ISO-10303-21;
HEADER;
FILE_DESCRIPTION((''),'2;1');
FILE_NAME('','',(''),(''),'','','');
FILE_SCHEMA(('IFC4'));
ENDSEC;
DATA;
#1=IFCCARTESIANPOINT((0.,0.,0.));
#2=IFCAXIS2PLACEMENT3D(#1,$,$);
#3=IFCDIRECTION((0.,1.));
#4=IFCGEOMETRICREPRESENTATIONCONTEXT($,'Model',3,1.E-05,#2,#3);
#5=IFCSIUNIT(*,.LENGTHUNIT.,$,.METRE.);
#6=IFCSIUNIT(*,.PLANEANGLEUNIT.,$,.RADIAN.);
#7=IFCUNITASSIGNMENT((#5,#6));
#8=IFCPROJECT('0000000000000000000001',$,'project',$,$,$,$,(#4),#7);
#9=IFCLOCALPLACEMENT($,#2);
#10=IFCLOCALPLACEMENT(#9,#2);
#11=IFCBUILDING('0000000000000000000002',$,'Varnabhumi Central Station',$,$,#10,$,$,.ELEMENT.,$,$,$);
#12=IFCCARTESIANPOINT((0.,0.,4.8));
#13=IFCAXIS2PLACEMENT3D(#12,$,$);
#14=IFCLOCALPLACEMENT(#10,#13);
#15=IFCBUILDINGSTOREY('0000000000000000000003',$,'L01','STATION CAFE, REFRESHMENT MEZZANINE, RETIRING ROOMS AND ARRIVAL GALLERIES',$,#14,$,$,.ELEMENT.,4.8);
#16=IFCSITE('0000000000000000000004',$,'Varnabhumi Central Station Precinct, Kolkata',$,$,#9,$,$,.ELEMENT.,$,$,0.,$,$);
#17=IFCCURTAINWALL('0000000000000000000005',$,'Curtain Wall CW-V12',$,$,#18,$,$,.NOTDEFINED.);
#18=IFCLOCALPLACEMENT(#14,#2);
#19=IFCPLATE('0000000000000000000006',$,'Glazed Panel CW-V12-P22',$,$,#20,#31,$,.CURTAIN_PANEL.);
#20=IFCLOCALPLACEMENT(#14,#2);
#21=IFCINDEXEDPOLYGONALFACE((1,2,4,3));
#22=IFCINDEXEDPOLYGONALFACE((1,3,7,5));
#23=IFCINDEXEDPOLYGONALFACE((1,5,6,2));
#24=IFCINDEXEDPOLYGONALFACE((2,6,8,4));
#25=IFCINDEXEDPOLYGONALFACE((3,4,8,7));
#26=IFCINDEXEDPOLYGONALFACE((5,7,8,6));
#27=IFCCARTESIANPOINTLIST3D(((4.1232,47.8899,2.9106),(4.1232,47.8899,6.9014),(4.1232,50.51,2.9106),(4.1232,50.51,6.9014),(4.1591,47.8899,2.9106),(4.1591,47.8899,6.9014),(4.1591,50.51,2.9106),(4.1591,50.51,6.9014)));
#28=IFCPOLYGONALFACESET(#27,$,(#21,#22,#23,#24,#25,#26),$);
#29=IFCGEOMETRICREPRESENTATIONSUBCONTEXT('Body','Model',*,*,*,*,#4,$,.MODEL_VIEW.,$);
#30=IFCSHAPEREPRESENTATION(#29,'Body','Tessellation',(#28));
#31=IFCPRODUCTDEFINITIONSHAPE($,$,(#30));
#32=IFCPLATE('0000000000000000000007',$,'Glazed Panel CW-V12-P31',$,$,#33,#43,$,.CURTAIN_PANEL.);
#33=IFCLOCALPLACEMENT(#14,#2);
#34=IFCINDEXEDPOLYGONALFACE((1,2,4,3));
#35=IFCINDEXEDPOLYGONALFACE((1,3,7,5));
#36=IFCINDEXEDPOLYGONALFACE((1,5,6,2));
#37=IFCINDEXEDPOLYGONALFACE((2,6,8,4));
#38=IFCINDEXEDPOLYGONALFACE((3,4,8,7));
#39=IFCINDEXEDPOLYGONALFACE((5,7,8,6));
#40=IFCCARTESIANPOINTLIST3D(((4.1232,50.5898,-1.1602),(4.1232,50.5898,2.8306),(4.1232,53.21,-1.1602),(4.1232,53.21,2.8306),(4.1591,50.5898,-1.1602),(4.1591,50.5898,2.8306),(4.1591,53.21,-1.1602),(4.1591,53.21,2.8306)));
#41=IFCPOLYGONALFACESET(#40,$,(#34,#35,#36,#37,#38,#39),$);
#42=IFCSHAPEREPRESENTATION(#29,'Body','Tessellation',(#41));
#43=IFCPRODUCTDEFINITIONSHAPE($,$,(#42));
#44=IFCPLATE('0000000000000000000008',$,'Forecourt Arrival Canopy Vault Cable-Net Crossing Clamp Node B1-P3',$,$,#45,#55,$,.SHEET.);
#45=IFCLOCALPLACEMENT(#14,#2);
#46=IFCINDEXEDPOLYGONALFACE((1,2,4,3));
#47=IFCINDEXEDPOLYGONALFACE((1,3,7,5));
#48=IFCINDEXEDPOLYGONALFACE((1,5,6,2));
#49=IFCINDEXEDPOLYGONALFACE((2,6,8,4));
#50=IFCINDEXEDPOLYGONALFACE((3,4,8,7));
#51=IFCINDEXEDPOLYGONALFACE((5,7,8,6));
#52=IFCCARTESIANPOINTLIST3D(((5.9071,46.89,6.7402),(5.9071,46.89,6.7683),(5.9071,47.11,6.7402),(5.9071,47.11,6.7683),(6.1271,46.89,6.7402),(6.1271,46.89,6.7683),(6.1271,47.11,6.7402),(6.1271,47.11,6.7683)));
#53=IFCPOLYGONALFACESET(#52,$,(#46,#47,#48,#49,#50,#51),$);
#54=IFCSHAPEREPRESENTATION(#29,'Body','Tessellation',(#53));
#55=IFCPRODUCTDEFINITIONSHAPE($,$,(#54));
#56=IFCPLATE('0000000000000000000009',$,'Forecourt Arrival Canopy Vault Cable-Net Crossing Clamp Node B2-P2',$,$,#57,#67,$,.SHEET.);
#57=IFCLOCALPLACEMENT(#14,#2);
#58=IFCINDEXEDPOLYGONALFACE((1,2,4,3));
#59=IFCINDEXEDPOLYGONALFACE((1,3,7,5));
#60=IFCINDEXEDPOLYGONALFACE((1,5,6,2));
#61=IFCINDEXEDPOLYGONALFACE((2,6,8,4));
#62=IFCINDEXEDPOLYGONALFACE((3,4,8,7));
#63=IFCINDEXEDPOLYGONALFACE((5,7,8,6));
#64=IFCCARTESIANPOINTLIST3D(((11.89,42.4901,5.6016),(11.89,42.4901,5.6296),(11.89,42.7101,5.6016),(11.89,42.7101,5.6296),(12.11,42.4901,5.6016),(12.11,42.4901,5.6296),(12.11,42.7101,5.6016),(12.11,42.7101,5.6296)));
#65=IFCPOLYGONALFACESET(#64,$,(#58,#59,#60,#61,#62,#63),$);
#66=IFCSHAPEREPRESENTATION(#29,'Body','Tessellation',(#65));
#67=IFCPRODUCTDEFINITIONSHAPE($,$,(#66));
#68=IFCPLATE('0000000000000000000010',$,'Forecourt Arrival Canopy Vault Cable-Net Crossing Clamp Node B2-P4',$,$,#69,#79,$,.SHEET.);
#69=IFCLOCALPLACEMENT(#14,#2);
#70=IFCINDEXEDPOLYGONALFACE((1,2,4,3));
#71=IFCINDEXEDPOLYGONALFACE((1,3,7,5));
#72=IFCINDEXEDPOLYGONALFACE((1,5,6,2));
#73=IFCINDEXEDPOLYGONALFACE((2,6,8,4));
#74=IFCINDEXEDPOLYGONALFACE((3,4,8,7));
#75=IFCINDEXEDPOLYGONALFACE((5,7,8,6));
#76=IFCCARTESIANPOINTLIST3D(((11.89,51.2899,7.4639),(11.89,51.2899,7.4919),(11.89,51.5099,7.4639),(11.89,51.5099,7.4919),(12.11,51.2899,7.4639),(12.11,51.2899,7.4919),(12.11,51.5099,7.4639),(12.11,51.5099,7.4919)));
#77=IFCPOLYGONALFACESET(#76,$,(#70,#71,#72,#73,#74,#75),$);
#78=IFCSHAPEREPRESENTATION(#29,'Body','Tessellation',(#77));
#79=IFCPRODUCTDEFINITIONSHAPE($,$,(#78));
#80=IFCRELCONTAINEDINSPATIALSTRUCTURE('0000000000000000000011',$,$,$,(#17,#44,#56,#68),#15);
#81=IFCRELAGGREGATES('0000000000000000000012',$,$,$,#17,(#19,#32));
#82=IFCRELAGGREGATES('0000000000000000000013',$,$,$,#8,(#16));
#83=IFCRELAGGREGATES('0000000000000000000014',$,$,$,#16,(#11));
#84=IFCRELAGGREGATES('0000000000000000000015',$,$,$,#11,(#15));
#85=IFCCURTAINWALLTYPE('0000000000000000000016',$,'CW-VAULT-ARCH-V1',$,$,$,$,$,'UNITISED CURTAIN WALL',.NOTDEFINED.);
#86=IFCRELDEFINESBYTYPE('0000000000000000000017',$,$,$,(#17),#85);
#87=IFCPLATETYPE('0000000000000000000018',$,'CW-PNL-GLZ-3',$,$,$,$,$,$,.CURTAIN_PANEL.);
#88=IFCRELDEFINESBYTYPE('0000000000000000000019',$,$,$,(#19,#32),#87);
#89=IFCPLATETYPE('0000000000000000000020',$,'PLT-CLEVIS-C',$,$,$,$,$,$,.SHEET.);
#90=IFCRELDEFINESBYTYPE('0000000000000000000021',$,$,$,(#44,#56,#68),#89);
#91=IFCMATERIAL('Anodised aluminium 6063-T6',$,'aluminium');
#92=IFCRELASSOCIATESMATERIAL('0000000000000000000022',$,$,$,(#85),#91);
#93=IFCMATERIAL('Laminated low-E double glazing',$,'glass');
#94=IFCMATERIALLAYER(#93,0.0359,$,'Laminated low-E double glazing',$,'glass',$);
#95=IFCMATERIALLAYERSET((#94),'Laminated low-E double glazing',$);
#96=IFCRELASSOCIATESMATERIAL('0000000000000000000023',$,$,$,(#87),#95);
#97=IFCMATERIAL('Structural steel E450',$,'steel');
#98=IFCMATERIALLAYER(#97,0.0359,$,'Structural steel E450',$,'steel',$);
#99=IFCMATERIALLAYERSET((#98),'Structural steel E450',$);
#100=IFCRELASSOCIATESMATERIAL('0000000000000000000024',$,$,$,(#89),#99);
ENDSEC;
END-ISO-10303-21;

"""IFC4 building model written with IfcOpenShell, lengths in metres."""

from ifc_helpers import new_model, si_unit, direction, frame, origin, origin_2d, place, context, subcontext, project, spatial, rectangle, extrude, material, layer, layer_set, type_object, element, aggregate, save


model = new_model("IFC4")

# Units and contexts
model_context = context("Model", 3, precision=1e-05, world=origin(), true_north=direction((0.0, 1.0)))
body_context = subcontext(model_context, "Body", "Model", "MODEL_VIEW")
ifc_project = project(units=[si_unit("LENGTHUNIT", "METRE"), si_unit("PLANEANGLEUNIT", "RADIAN")], contexts=[model_context])

# Site, building, storey
site_placement = place(None, origin())
site = spatial("IfcSite", under=ifc_project, at=site_placement, Name="Varnabhumi Central Station Precinct, Kolkata", CompositionType="ELEMENT", RefElevation=0.0)
building_placement = place(site_placement, origin())
building = spatial("IfcBuilding", under=site, at=building_placement, Name="Varnabhumi Central Station", CompositionType="ELEMENT")
storey_placement = place(building_placement, frame((0.0, 0.0, 4.8)))
storey = spatial("IfcBuildingStorey", under=building, at=storey_placement, Name="L01", Description="STATION CAFE, REFRESHMENT MEZZANINE, RETIRING ROOMS AND ARRIVAL GALLERIES", CompositionType="ELEMENT", Elevation=4.8)

# Curtain wall
ifc_material_1 = material(Name="Anodised aluminium 6063-T6", Category="aluminium")
curtain_wall_type = type_object("IfcCurtainWallType", Name="CW-VAULT-ARCH-V1", ElementType="UNITISED CURTAIN WALL", PredefinedType="NOTDEFINED", material=ifc_material_1)
curtain_wall_1_placement = place(storey_placement, origin())
curtain_wall_1 = element("IfcCurtainWall", 1, at=curtain_wall_1_placement, inside=storey, type_object=curtain_wall_type, Name="Curtain Wall CW-V12", PredefinedType="NOTDEFINED")

# Plates
ifc_material_2 = material(Name="Laminated low-E double glazing", Category="glass")
ifc_layer_1 = layer(ifc_material_2, 0.0359, Name="Laminated low-E double glazing", Category="glass")
ifc_layer_set_1 = layer_set([ifc_layer_1], Name="Laminated low-E double glazing")
plate_type_1 = type_object("IfcPlateType", Name="CW-PNL-GLZ-3", PredefinedType="CURTAIN_PANEL", material=ifc_layer_set_1)
plate_1_placement = place(storey_placement, frame((4.1411, 49.2, 2.9106), z_axis=(0.0, 0.0, 1.0), x_axis=(0.0, 1.0, 0.0)))
plate_1 = element("IfcPlate", 2, at=plate_1_placement, type_object=plate_type_1, Name="Glazed Panel CW-V12-P22", PredefinedType="CURTAIN_PANEL", context=body_context, shape_type="SweptSolid", body=[
    extrude(rectangle(XDim=2.6201, YDim=0.0359, at=origin_2d()), origin(), (0.0, 0.0, 1.0), 3.9907),
])
plate_2_placement = place(storey_placement, frame((4.1411, 51.8999, -1.1602), z_axis=(0.0, 0.0, 1.0), x_axis=(0.0, 1.0, 0.0)))
plate_2 = element("IfcPlate", 3, at=plate_2_placement, type_object=plate_type_1, Name="Glazed Panel CW-V12-P31", PredefinedType="CURTAIN_PANEL", context=body_context, shape_type="SweptSolid", body=[
    extrude(rectangle(XDim=2.6201, YDim=0.0359, at=origin_2d()), origin(), (0.0, 0.0, 1.0), 3.9907),
])
aggregate(curtain_wall_1, [plate_1, plate_2])

# Plates
ifc_material_3 = material(Name="Structural steel E450", Category="steel")
ifc_layer_2 = layer(ifc_material_3, 0.0359, Name="Structural steel E450", Category="steel")
ifc_layer_set_2 = layer_set([ifc_layer_2], Name="Structural steel E450")
plate_type_2 = type_object("IfcPlateType", Name="PLT-CLEVIS-C", PredefinedType="SHEET", material=ifc_layer_set_2)
for number, where, z_axis, x_axis, name in (
    (4, (6.0171, 47.0, 6.7402), (0.0, 0.0, 1.0), (1.0, 0.0, 0.0), "Forecourt Arrival Canopy Vault Cable-Net Crossing Clamp Node B1-P3"),
    (5, (12.0, 42.6001, 5.6016), (0.0, 0.0, 1.0), (1.0, 0.0, 0.0), "Forecourt Arrival Canopy Vault Cable-Net Crossing Clamp Node B2-P2"),
    (6, (12.0, 51.3999, 7.4639), (0.0, 0.0, 1.0), (1.0, 0.0, 0.0), "Forecourt Arrival Canopy Vault Cable-Net Crossing Clamp Node B2-P4"),
):
    element("IfcPlate", number, at=place(storey_placement, frame(where, z_axis=z_axis, x_axis=x_axis)), inside=storey, type_object=plate_type_2, Name=name, PredefinedType="SHEET", context=body_context, shape_type="SweptSolid", body=[
        extrude(rectangle(XDim=0.22, YDim=0.22, at=origin_2d()), origin(), (0.0, 0.0, 1.0), 0.0281),
    ])

save(model, "model.ifc")
